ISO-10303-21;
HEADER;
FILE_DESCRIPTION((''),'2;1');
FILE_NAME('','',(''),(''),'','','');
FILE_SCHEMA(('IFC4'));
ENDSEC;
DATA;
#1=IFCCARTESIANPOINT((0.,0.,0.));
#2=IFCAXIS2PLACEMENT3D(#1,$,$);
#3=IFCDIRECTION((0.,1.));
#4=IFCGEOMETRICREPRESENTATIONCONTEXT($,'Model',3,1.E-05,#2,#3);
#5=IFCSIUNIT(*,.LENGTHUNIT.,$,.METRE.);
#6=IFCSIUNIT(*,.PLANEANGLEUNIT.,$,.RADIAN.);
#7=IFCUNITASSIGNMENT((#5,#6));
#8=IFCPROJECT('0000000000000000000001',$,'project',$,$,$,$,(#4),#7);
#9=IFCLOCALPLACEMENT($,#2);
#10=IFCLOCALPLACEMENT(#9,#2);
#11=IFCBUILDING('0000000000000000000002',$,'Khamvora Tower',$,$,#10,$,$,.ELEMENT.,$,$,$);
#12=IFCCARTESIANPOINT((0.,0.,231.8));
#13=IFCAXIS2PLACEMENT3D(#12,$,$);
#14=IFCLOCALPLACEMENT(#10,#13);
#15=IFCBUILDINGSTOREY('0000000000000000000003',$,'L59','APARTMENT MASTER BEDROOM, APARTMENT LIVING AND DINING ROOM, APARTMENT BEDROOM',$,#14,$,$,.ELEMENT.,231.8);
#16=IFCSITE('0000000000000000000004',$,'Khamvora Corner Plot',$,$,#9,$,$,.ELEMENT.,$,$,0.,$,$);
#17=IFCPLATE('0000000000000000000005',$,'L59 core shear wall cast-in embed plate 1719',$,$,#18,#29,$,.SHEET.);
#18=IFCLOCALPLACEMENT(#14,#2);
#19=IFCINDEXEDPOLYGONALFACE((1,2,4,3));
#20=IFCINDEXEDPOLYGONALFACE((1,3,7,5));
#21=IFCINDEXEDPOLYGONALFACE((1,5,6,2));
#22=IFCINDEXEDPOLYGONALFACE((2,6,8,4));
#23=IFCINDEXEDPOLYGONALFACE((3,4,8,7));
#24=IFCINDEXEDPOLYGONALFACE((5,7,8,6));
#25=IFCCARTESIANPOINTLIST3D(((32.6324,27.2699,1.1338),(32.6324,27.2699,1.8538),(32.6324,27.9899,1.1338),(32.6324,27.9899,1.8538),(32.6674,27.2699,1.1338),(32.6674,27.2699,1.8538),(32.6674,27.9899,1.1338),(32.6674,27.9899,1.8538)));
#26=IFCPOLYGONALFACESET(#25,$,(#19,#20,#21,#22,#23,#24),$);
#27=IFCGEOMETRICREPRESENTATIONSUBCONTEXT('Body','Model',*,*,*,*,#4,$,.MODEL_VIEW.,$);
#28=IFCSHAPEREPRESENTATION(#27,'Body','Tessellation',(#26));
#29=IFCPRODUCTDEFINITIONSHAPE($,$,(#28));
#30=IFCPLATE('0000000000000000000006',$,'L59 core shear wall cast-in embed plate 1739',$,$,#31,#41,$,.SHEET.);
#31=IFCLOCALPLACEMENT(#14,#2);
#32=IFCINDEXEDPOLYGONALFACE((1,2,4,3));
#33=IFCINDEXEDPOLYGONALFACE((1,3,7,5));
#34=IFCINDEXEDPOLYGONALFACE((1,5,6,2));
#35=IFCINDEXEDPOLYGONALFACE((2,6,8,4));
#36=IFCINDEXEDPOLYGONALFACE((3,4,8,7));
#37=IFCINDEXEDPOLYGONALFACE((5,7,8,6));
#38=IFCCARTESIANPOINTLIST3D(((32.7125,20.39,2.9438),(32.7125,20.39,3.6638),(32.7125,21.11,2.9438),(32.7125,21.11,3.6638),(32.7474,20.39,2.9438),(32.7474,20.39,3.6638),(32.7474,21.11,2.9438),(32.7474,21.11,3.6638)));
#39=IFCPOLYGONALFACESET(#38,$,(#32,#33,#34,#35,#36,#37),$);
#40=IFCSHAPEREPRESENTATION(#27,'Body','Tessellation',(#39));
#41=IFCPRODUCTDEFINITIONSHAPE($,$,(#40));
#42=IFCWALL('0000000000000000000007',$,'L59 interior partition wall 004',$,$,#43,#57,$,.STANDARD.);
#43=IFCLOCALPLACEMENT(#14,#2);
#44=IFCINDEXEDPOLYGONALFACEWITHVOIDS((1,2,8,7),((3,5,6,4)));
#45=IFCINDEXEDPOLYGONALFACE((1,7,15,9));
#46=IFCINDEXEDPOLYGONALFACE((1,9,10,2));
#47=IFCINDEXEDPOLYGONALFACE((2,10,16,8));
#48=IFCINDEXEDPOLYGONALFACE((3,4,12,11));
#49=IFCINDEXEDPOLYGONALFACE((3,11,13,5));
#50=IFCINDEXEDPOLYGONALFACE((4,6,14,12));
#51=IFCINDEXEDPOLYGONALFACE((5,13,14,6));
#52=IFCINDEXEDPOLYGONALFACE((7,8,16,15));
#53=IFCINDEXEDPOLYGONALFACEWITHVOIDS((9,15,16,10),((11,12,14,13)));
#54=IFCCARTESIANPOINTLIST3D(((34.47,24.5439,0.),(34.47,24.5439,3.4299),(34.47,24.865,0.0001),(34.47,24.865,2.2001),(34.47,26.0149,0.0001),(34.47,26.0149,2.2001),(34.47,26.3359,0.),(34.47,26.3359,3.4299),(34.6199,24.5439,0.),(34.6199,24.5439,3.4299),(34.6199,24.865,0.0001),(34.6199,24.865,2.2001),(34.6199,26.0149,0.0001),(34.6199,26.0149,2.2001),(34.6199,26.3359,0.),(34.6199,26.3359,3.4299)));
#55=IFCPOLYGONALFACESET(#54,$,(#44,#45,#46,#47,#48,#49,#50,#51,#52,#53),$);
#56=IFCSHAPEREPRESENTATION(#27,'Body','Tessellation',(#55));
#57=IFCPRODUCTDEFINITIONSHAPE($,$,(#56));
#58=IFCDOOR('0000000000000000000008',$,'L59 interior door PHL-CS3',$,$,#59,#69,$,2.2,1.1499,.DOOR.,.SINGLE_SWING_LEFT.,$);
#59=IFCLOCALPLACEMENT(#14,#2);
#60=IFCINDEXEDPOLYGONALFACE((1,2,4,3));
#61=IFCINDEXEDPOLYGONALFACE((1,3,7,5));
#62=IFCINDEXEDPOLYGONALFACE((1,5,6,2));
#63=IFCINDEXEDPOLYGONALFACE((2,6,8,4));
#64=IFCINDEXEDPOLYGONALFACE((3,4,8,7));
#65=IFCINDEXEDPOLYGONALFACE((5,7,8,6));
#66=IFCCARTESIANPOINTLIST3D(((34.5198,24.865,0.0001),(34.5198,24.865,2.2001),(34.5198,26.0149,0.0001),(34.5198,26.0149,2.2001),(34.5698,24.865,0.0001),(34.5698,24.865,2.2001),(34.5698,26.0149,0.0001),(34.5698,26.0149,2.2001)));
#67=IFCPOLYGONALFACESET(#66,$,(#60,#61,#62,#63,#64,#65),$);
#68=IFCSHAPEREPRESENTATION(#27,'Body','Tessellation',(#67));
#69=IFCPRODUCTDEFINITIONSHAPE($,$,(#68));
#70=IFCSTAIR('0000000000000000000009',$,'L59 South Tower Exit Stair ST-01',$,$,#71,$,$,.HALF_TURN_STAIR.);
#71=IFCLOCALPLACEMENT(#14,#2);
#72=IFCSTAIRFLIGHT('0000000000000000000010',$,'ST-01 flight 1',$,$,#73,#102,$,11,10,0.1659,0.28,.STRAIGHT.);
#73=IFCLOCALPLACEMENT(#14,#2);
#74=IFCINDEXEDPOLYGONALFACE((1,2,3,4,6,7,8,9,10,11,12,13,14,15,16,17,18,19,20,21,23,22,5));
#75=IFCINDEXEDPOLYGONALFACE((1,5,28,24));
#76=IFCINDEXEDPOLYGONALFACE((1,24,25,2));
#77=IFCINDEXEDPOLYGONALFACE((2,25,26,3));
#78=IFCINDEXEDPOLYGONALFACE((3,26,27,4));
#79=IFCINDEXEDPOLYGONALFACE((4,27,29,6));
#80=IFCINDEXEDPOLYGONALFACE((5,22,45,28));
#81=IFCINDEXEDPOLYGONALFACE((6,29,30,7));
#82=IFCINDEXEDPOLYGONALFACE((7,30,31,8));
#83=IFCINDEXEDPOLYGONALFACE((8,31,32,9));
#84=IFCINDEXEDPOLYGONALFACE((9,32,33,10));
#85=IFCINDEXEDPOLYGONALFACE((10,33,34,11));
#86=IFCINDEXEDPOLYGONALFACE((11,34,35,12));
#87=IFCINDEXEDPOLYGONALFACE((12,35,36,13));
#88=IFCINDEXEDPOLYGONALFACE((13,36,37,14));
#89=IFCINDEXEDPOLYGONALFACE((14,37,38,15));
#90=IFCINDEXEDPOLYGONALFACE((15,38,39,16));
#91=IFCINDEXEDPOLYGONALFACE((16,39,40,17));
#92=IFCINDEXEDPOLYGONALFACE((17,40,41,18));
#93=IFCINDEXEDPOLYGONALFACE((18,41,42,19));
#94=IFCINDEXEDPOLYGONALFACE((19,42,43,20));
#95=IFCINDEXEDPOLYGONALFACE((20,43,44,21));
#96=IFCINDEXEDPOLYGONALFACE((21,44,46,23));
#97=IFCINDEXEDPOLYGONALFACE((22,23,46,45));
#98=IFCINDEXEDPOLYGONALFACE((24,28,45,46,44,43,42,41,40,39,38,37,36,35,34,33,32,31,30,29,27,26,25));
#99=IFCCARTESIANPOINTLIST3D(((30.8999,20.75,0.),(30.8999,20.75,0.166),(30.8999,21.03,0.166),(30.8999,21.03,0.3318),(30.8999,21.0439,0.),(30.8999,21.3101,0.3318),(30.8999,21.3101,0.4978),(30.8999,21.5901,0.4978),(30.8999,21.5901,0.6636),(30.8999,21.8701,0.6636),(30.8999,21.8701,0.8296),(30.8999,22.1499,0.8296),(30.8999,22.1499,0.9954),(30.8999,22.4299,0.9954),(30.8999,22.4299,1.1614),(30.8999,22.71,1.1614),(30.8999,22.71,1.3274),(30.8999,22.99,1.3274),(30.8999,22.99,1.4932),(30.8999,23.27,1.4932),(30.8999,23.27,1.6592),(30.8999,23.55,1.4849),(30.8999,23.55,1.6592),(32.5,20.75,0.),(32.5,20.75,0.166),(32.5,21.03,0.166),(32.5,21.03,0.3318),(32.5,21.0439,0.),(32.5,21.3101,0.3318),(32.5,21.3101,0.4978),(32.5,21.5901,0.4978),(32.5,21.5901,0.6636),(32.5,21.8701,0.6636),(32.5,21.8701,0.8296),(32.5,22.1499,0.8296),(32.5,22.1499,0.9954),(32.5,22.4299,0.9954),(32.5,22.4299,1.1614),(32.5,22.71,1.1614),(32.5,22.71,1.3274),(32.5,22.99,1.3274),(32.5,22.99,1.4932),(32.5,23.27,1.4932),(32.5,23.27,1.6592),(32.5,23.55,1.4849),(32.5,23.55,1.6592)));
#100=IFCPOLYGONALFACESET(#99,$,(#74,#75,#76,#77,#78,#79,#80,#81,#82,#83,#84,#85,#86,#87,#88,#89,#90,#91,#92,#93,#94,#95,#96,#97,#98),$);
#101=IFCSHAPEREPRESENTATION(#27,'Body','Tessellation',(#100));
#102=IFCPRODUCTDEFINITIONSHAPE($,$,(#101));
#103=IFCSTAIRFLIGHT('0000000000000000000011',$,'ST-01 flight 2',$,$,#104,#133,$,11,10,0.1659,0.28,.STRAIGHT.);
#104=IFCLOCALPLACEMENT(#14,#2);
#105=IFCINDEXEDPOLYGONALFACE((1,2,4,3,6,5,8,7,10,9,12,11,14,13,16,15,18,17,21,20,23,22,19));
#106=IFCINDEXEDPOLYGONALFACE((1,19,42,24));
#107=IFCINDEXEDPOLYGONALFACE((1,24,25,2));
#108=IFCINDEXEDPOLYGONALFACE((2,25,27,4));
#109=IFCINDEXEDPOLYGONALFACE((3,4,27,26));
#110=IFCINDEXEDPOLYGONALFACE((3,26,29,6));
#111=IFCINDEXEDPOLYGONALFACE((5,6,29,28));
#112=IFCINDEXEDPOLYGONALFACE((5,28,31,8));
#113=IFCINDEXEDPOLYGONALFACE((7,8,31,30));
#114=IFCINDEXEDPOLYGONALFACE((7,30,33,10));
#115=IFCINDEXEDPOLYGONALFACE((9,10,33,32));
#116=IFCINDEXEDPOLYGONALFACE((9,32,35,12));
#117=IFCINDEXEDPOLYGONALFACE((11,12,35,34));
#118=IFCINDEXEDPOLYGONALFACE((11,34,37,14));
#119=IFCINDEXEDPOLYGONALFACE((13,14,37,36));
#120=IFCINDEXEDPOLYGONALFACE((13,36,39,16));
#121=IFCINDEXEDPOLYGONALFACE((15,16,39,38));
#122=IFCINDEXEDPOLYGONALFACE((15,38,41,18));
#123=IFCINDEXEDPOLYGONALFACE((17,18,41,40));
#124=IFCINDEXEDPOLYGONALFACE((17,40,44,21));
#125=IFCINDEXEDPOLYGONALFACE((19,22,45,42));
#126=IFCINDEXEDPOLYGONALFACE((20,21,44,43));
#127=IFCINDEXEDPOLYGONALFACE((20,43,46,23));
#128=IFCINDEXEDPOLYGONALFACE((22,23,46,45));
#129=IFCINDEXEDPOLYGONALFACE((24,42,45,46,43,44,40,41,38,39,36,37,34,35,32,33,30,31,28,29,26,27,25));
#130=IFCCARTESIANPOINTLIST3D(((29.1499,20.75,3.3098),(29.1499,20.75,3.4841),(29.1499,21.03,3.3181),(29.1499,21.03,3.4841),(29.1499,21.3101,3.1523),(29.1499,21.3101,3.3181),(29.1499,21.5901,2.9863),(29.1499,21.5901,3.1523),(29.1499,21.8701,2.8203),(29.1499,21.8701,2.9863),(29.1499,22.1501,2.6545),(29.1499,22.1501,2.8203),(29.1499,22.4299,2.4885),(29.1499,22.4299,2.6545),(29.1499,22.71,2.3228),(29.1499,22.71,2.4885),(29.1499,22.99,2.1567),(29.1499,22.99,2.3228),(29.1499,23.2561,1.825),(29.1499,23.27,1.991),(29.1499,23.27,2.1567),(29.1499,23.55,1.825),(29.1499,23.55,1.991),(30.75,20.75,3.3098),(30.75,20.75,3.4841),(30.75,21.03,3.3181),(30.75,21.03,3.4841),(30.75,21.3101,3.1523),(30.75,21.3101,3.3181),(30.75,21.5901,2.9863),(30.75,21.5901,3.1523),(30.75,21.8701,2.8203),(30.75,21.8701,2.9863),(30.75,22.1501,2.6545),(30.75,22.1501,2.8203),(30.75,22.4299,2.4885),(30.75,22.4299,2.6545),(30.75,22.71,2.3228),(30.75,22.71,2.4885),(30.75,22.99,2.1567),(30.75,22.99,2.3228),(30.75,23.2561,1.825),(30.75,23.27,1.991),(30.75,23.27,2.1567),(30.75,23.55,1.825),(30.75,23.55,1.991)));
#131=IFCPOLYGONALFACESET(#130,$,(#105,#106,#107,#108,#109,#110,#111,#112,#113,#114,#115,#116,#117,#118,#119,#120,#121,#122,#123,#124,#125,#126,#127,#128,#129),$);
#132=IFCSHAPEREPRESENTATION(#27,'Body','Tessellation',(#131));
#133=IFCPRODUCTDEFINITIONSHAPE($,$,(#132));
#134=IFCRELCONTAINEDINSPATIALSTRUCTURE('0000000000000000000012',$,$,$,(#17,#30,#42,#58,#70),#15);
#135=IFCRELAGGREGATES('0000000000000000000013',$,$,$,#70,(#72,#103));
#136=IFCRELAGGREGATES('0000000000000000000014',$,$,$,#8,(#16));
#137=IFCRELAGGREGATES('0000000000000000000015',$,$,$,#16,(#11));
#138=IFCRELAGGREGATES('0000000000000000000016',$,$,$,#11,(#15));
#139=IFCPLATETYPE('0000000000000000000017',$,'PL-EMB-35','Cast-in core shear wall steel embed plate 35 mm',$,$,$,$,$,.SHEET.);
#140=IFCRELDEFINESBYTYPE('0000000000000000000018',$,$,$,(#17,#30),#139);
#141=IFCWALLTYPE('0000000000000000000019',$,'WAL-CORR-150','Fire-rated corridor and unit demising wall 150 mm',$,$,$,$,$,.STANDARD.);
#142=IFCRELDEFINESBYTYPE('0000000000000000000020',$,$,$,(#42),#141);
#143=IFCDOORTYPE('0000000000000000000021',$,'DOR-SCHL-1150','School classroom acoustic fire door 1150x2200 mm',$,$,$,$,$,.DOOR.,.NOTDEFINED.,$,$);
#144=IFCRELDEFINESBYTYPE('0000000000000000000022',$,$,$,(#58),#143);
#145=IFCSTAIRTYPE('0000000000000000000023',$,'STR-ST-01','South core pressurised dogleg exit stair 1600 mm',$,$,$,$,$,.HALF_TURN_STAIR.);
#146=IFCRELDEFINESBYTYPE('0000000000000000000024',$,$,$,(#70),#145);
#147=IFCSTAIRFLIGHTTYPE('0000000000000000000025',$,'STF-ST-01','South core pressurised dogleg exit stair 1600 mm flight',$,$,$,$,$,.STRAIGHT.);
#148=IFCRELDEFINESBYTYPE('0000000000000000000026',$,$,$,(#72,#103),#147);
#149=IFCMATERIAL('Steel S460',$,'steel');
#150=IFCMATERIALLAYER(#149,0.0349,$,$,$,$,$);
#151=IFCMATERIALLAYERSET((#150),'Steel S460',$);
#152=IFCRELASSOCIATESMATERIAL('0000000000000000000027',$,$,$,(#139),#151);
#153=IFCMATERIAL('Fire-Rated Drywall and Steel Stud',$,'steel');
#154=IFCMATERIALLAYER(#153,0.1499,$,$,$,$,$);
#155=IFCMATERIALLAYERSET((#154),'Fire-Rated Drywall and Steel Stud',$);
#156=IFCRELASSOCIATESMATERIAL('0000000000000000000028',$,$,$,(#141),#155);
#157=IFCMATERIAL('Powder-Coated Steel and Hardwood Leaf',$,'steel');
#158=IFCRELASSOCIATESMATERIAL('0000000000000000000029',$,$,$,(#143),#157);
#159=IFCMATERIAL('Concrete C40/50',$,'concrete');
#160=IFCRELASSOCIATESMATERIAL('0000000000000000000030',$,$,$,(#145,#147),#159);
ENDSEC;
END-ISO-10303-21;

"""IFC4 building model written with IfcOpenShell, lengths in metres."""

from ifc_helpers import new_model, si_unit, direction, frame, frame_2d, origin, origin_2d, place, context, subcontext, project, spatial, polyline, rectangle, outline, extrude, material, layer, layer_set, type_object, element, fill, aggregate, save


model = new_model("IFC4")

# Units and contexts
model_context = context("Model", 3, precision=1e-05, world=origin(), true_north=direction((0.0, 1.0)))
body_context = subcontext(model_context, "Body", "Model", "MODEL_VIEW")
ifc_project = project(units=[si_unit("LENGTHUNIT", "METRE"), si_unit("PLANEANGLEUNIT", "RADIAN")], contexts=[model_context])

# Site, building, storey
site_placement = place(None, origin())
site = spatial("IfcSite", under=ifc_project, at=site_placement, Name="Khamvora Corner Plot", CompositionType="ELEMENT", RefElevation=0.0)
building_placement = place(site_placement, origin())
building = spatial("IfcBuilding", under=site, at=building_placement, Name="Khamvora Tower", CompositionType="ELEMENT")
storey_placement = place(building_placement, frame((0.0, 0.0, 231.8)))
storey = spatial("IfcBuildingStorey", under=building, at=storey_placement, Name="L59", Description="APARTMENT MASTER BEDROOM, APARTMENT LIVING AND DINING ROOM, APARTMENT BEDROOM", CompositionType="ELEMENT", Elevation=231.8)

# Plates
ifc_material_1 = material(Name="Steel S460", Category="steel")
ifc_layer_1 = layer(ifc_material_1, 0.0349)
ifc_layer_set_1 = layer_set([ifc_layer_1], Name="Steel S460")
plate_type = type_object("IfcPlateType", Name="PL-EMB-35", Description="Cast-in core shear wall steel embed plate 35 mm", PredefinedType="SHEET", material=ifc_layer_set_1)
for number, where, z_axis, x_axis, name in (
    (1, (32.6499, 27.6299, 1.1338), (0.0, 0.0, 1.0), (1.0, 0.0, 0.0), "L59 core shear wall cast-in embed plate 1719"),
    (2, (32.73, 20.75, 2.9438), (0.0, 0.0, 1.0), (1.0, 0.0, 0.0), "L59 core shear wall cast-in embed plate 1739"),
):
    element("IfcPlate", number, at=place(storey_placement, frame(where, z_axis=z_axis, x_axis=x_axis)), inside=storey, type_object=plate_type, Name=name, PredefinedType="SHEET", context=body_context, shape_type="SweptSolid", body=[
        extrude(rectangle(XDim=0.0349, YDim=0.72, at=origin_2d()), origin(), (0.0, 0.0, 1.0), 0.72),
    ])

# Wall, opening, door
ifc_material_2 = material(Name="Powder-Coated Steel and Hardwood Leaf", Category="steel")
ifc_material_3 = material(Name="Fire-Rated Drywall and Steel Stud", Category="steel")
ifc_layer_2 = layer(ifc_material_3, 0.1499)
ifc_layer_set_2 = layer_set([ifc_layer_2], Name="Fire-Rated Drywall and Steel Stud")
wall_type_1 = type_object("IfcWallType", Name="WAL-CORR-150", Description="Fire-rated corridor and unit demising wall 150 mm", PredefinedType="STANDARD", material=ifc_layer_set_2)
wall_1_placement = place(storey_placement, frame((34.5449, 26.3359, 0.0), z_axis=(0.0, 0.0, 1.0), x_axis=(0.0, -1.0, 0.0)))
wall_1 = element("IfcWall", 3, at=wall_1_placement, inside=storey, type_object=wall_type_1, Name="L59 interior partition wall 004", PredefinedType="STANDARD", context=body_context, shape_type="SweptSolid", body=[
    extrude(rectangle(XDim=1.792, YDim=0.1499, at=frame_2d((0.896, 0.0))), origin(), (0.0, 0.0, 1.0), 3.4299),
])
opening_1_placement = place(wall_1_placement, frame((0.321, 0.0, 0.0)))
opening_1 = element("IfcOpeningElement", 4, at=opening_1_placement, cuts=wall_1, PredefinedType="OPENING", context=body_context, shape_type="SweptSolid", body=[
    extrude(rectangle(XDim=1.1499, YDim=2.2, at=frame_2d((0.575, 1.1001))), frame((0.0, 0.085, 0.0), z_axis=(0.0, -1.0, 0.0), x_axis=(1.0, 0.0, 0.0)), (0.0, 0.0, 1.0), 0.1699),
])
door_type_1 = type_object("IfcDoorType", Name="DOR-SCHL-1150", Description="School classroom acoustic fire door 1150x2200 mm", OperationType="NOTDEFINED", PredefinedType="DOOR", material=ifc_material_2)
door_1_placement = place(opening_1_placement, origin())
door_1 = element("IfcDoor", 5, at=door_1_placement, inside=storey, type_object=door_type_1, Name="L59 interior door PHL-CS3", OperationType="SINGLE_SWING_LEFT", OverallHeight=2.2, OverallWidth=1.1499, PredefinedType="DOOR", context=body_context, shape_type="SweptSolid", body=[
    extrude(rectangle(XDim=1.1499, YDim=2.2, at=frame_2d((0.575, 1.1001))), frame((0.0, 0.0249, 0.0), z_axis=(0.0, -1.0, 0.0), x_axis=(1.0, 0.0, 0.0)), (0.0, 0.0, 1.0), 0.05),
])
fill(opening_1, door_1)

# Stair, stair flights
ifc_material_4 = material(Name="Concrete C40/50", Category="concrete")
stair_type = type_object("IfcStairType", Name="STR-ST-01", Description="South core pressurised dogleg exit stair 1600 mm", PredefinedType="HALF_TURN_STAIR", material=ifc_material_4)
stair_placement = place(storey_placement, origin())
stair = element("IfcStair", 6, at=stair_placement, inside=storey, type_object=stair_type, Name="L59 South Tower Exit Stair ST-01", PredefinedType="HALF_TURN_STAIR")
stair_flight_type = type_object("IfcStairFlightType", Name="STF-ST-01", Description="South core pressurised dogleg exit stair 1600 mm flight", PredefinedType="STRAIGHT", material=ifc_material_4)
stair_flight_1_placement = place(storey_placement, frame((31.7, 20.75, 0.0), z_axis=(0.0, 0.0, 1.0), x_axis=(0.0, 1.0, 0.0)))
stair_flight_1 = element("IfcStairFlight", 7, at=stair_flight_1_placement, type_object=stair_flight_type, Name="ST-01 flight 1", NumberOfRisers=11, NumberOfTreads=10, PredefinedType="STRAIGHT", RiserHeight=0.1659, TreadLength=0.28, context=body_context, shape_type="SweptSolid", body=[
    extrude(outline(polyline([(0.0, 0.0), (0.0, 0.166), (0.28, 0.166), (0.28, 0.3318), (0.5601, 0.3318), (0.5601, 0.4978), (0.8401, 0.4978), (0.8401, 0.6636), (1.1201, 0.6636), (1.1201, 0.8296), (1.3999, 0.8296), (1.3999, 0.9954), (1.6799, 0.9954), (1.6799, 1.1614), (1.96, 1.1614), (1.96, 1.3274), (2.24, 1.3274), (2.24, 1.4932), (2.52, 1.4932), (2.52, 1.6592), (2.8, 1.6592), (2.8, 1.825), (2.8, 1.4849), (0.2939, 0.0), (0.0, 0.0)])), frame((0.0, 0.8, 0.0), z_axis=(0.0, -1.0, 0.0), x_axis=(1.0, 0.0, 0.0)), (0.0, 0.0, 1.0), 1.6001),
])
stair_flight_2_placement = place(storey_placement, frame((29.95, 23.55, 1.825), z_axis=(0.0, 0.0, 1.0), x_axis=(0.0, -1.0, 0.0)))
stair_flight_2 = element("IfcStairFlight", 8, at=stair_flight_2_placement, type_object=stair_flight_type, Name="ST-01 flight 2", NumberOfRisers=11, NumberOfTreads=10, PredefinedType="STRAIGHT", RiserHeight=0.1659, TreadLength=0.28, context=body_context, shape_type="SweptSolid", body=[
    extrude(outline(polyline([(0.0, 0.0), (0.0, 0.166), (0.28, 0.166), (0.28, 0.3318), (0.5601, 0.3318), (0.5601, 0.4978), (0.8401, 0.4978), (0.8401, 0.6636), (1.1201, 0.6636), (1.1201, 0.8296), (1.3999, 0.8296), (1.3999, 0.9954), (1.6799, 0.9954), (1.6799, 1.1614), (1.96, 1.1614), (1.96, 1.3274), (2.24, 1.3274), (2.24, 1.4932), (2.52, 1.4932), (2.52, 1.6592), (2.8, 1.6592), (2.8, 1.825), (2.8, 1.4849), (0.2939, 0.0), (0.0, 0.0)])), frame((0.0, 0.8, 0.0), z_axis=(0.0, -1.0, 0.0), x_axis=(1.0, 0.0, 0.0)), (0.0, 0.0, 1.0), 1.6001),
])
aggregate(stair, [stair_flight_1, stair_flight_2])

save(model, "model.ifc")
